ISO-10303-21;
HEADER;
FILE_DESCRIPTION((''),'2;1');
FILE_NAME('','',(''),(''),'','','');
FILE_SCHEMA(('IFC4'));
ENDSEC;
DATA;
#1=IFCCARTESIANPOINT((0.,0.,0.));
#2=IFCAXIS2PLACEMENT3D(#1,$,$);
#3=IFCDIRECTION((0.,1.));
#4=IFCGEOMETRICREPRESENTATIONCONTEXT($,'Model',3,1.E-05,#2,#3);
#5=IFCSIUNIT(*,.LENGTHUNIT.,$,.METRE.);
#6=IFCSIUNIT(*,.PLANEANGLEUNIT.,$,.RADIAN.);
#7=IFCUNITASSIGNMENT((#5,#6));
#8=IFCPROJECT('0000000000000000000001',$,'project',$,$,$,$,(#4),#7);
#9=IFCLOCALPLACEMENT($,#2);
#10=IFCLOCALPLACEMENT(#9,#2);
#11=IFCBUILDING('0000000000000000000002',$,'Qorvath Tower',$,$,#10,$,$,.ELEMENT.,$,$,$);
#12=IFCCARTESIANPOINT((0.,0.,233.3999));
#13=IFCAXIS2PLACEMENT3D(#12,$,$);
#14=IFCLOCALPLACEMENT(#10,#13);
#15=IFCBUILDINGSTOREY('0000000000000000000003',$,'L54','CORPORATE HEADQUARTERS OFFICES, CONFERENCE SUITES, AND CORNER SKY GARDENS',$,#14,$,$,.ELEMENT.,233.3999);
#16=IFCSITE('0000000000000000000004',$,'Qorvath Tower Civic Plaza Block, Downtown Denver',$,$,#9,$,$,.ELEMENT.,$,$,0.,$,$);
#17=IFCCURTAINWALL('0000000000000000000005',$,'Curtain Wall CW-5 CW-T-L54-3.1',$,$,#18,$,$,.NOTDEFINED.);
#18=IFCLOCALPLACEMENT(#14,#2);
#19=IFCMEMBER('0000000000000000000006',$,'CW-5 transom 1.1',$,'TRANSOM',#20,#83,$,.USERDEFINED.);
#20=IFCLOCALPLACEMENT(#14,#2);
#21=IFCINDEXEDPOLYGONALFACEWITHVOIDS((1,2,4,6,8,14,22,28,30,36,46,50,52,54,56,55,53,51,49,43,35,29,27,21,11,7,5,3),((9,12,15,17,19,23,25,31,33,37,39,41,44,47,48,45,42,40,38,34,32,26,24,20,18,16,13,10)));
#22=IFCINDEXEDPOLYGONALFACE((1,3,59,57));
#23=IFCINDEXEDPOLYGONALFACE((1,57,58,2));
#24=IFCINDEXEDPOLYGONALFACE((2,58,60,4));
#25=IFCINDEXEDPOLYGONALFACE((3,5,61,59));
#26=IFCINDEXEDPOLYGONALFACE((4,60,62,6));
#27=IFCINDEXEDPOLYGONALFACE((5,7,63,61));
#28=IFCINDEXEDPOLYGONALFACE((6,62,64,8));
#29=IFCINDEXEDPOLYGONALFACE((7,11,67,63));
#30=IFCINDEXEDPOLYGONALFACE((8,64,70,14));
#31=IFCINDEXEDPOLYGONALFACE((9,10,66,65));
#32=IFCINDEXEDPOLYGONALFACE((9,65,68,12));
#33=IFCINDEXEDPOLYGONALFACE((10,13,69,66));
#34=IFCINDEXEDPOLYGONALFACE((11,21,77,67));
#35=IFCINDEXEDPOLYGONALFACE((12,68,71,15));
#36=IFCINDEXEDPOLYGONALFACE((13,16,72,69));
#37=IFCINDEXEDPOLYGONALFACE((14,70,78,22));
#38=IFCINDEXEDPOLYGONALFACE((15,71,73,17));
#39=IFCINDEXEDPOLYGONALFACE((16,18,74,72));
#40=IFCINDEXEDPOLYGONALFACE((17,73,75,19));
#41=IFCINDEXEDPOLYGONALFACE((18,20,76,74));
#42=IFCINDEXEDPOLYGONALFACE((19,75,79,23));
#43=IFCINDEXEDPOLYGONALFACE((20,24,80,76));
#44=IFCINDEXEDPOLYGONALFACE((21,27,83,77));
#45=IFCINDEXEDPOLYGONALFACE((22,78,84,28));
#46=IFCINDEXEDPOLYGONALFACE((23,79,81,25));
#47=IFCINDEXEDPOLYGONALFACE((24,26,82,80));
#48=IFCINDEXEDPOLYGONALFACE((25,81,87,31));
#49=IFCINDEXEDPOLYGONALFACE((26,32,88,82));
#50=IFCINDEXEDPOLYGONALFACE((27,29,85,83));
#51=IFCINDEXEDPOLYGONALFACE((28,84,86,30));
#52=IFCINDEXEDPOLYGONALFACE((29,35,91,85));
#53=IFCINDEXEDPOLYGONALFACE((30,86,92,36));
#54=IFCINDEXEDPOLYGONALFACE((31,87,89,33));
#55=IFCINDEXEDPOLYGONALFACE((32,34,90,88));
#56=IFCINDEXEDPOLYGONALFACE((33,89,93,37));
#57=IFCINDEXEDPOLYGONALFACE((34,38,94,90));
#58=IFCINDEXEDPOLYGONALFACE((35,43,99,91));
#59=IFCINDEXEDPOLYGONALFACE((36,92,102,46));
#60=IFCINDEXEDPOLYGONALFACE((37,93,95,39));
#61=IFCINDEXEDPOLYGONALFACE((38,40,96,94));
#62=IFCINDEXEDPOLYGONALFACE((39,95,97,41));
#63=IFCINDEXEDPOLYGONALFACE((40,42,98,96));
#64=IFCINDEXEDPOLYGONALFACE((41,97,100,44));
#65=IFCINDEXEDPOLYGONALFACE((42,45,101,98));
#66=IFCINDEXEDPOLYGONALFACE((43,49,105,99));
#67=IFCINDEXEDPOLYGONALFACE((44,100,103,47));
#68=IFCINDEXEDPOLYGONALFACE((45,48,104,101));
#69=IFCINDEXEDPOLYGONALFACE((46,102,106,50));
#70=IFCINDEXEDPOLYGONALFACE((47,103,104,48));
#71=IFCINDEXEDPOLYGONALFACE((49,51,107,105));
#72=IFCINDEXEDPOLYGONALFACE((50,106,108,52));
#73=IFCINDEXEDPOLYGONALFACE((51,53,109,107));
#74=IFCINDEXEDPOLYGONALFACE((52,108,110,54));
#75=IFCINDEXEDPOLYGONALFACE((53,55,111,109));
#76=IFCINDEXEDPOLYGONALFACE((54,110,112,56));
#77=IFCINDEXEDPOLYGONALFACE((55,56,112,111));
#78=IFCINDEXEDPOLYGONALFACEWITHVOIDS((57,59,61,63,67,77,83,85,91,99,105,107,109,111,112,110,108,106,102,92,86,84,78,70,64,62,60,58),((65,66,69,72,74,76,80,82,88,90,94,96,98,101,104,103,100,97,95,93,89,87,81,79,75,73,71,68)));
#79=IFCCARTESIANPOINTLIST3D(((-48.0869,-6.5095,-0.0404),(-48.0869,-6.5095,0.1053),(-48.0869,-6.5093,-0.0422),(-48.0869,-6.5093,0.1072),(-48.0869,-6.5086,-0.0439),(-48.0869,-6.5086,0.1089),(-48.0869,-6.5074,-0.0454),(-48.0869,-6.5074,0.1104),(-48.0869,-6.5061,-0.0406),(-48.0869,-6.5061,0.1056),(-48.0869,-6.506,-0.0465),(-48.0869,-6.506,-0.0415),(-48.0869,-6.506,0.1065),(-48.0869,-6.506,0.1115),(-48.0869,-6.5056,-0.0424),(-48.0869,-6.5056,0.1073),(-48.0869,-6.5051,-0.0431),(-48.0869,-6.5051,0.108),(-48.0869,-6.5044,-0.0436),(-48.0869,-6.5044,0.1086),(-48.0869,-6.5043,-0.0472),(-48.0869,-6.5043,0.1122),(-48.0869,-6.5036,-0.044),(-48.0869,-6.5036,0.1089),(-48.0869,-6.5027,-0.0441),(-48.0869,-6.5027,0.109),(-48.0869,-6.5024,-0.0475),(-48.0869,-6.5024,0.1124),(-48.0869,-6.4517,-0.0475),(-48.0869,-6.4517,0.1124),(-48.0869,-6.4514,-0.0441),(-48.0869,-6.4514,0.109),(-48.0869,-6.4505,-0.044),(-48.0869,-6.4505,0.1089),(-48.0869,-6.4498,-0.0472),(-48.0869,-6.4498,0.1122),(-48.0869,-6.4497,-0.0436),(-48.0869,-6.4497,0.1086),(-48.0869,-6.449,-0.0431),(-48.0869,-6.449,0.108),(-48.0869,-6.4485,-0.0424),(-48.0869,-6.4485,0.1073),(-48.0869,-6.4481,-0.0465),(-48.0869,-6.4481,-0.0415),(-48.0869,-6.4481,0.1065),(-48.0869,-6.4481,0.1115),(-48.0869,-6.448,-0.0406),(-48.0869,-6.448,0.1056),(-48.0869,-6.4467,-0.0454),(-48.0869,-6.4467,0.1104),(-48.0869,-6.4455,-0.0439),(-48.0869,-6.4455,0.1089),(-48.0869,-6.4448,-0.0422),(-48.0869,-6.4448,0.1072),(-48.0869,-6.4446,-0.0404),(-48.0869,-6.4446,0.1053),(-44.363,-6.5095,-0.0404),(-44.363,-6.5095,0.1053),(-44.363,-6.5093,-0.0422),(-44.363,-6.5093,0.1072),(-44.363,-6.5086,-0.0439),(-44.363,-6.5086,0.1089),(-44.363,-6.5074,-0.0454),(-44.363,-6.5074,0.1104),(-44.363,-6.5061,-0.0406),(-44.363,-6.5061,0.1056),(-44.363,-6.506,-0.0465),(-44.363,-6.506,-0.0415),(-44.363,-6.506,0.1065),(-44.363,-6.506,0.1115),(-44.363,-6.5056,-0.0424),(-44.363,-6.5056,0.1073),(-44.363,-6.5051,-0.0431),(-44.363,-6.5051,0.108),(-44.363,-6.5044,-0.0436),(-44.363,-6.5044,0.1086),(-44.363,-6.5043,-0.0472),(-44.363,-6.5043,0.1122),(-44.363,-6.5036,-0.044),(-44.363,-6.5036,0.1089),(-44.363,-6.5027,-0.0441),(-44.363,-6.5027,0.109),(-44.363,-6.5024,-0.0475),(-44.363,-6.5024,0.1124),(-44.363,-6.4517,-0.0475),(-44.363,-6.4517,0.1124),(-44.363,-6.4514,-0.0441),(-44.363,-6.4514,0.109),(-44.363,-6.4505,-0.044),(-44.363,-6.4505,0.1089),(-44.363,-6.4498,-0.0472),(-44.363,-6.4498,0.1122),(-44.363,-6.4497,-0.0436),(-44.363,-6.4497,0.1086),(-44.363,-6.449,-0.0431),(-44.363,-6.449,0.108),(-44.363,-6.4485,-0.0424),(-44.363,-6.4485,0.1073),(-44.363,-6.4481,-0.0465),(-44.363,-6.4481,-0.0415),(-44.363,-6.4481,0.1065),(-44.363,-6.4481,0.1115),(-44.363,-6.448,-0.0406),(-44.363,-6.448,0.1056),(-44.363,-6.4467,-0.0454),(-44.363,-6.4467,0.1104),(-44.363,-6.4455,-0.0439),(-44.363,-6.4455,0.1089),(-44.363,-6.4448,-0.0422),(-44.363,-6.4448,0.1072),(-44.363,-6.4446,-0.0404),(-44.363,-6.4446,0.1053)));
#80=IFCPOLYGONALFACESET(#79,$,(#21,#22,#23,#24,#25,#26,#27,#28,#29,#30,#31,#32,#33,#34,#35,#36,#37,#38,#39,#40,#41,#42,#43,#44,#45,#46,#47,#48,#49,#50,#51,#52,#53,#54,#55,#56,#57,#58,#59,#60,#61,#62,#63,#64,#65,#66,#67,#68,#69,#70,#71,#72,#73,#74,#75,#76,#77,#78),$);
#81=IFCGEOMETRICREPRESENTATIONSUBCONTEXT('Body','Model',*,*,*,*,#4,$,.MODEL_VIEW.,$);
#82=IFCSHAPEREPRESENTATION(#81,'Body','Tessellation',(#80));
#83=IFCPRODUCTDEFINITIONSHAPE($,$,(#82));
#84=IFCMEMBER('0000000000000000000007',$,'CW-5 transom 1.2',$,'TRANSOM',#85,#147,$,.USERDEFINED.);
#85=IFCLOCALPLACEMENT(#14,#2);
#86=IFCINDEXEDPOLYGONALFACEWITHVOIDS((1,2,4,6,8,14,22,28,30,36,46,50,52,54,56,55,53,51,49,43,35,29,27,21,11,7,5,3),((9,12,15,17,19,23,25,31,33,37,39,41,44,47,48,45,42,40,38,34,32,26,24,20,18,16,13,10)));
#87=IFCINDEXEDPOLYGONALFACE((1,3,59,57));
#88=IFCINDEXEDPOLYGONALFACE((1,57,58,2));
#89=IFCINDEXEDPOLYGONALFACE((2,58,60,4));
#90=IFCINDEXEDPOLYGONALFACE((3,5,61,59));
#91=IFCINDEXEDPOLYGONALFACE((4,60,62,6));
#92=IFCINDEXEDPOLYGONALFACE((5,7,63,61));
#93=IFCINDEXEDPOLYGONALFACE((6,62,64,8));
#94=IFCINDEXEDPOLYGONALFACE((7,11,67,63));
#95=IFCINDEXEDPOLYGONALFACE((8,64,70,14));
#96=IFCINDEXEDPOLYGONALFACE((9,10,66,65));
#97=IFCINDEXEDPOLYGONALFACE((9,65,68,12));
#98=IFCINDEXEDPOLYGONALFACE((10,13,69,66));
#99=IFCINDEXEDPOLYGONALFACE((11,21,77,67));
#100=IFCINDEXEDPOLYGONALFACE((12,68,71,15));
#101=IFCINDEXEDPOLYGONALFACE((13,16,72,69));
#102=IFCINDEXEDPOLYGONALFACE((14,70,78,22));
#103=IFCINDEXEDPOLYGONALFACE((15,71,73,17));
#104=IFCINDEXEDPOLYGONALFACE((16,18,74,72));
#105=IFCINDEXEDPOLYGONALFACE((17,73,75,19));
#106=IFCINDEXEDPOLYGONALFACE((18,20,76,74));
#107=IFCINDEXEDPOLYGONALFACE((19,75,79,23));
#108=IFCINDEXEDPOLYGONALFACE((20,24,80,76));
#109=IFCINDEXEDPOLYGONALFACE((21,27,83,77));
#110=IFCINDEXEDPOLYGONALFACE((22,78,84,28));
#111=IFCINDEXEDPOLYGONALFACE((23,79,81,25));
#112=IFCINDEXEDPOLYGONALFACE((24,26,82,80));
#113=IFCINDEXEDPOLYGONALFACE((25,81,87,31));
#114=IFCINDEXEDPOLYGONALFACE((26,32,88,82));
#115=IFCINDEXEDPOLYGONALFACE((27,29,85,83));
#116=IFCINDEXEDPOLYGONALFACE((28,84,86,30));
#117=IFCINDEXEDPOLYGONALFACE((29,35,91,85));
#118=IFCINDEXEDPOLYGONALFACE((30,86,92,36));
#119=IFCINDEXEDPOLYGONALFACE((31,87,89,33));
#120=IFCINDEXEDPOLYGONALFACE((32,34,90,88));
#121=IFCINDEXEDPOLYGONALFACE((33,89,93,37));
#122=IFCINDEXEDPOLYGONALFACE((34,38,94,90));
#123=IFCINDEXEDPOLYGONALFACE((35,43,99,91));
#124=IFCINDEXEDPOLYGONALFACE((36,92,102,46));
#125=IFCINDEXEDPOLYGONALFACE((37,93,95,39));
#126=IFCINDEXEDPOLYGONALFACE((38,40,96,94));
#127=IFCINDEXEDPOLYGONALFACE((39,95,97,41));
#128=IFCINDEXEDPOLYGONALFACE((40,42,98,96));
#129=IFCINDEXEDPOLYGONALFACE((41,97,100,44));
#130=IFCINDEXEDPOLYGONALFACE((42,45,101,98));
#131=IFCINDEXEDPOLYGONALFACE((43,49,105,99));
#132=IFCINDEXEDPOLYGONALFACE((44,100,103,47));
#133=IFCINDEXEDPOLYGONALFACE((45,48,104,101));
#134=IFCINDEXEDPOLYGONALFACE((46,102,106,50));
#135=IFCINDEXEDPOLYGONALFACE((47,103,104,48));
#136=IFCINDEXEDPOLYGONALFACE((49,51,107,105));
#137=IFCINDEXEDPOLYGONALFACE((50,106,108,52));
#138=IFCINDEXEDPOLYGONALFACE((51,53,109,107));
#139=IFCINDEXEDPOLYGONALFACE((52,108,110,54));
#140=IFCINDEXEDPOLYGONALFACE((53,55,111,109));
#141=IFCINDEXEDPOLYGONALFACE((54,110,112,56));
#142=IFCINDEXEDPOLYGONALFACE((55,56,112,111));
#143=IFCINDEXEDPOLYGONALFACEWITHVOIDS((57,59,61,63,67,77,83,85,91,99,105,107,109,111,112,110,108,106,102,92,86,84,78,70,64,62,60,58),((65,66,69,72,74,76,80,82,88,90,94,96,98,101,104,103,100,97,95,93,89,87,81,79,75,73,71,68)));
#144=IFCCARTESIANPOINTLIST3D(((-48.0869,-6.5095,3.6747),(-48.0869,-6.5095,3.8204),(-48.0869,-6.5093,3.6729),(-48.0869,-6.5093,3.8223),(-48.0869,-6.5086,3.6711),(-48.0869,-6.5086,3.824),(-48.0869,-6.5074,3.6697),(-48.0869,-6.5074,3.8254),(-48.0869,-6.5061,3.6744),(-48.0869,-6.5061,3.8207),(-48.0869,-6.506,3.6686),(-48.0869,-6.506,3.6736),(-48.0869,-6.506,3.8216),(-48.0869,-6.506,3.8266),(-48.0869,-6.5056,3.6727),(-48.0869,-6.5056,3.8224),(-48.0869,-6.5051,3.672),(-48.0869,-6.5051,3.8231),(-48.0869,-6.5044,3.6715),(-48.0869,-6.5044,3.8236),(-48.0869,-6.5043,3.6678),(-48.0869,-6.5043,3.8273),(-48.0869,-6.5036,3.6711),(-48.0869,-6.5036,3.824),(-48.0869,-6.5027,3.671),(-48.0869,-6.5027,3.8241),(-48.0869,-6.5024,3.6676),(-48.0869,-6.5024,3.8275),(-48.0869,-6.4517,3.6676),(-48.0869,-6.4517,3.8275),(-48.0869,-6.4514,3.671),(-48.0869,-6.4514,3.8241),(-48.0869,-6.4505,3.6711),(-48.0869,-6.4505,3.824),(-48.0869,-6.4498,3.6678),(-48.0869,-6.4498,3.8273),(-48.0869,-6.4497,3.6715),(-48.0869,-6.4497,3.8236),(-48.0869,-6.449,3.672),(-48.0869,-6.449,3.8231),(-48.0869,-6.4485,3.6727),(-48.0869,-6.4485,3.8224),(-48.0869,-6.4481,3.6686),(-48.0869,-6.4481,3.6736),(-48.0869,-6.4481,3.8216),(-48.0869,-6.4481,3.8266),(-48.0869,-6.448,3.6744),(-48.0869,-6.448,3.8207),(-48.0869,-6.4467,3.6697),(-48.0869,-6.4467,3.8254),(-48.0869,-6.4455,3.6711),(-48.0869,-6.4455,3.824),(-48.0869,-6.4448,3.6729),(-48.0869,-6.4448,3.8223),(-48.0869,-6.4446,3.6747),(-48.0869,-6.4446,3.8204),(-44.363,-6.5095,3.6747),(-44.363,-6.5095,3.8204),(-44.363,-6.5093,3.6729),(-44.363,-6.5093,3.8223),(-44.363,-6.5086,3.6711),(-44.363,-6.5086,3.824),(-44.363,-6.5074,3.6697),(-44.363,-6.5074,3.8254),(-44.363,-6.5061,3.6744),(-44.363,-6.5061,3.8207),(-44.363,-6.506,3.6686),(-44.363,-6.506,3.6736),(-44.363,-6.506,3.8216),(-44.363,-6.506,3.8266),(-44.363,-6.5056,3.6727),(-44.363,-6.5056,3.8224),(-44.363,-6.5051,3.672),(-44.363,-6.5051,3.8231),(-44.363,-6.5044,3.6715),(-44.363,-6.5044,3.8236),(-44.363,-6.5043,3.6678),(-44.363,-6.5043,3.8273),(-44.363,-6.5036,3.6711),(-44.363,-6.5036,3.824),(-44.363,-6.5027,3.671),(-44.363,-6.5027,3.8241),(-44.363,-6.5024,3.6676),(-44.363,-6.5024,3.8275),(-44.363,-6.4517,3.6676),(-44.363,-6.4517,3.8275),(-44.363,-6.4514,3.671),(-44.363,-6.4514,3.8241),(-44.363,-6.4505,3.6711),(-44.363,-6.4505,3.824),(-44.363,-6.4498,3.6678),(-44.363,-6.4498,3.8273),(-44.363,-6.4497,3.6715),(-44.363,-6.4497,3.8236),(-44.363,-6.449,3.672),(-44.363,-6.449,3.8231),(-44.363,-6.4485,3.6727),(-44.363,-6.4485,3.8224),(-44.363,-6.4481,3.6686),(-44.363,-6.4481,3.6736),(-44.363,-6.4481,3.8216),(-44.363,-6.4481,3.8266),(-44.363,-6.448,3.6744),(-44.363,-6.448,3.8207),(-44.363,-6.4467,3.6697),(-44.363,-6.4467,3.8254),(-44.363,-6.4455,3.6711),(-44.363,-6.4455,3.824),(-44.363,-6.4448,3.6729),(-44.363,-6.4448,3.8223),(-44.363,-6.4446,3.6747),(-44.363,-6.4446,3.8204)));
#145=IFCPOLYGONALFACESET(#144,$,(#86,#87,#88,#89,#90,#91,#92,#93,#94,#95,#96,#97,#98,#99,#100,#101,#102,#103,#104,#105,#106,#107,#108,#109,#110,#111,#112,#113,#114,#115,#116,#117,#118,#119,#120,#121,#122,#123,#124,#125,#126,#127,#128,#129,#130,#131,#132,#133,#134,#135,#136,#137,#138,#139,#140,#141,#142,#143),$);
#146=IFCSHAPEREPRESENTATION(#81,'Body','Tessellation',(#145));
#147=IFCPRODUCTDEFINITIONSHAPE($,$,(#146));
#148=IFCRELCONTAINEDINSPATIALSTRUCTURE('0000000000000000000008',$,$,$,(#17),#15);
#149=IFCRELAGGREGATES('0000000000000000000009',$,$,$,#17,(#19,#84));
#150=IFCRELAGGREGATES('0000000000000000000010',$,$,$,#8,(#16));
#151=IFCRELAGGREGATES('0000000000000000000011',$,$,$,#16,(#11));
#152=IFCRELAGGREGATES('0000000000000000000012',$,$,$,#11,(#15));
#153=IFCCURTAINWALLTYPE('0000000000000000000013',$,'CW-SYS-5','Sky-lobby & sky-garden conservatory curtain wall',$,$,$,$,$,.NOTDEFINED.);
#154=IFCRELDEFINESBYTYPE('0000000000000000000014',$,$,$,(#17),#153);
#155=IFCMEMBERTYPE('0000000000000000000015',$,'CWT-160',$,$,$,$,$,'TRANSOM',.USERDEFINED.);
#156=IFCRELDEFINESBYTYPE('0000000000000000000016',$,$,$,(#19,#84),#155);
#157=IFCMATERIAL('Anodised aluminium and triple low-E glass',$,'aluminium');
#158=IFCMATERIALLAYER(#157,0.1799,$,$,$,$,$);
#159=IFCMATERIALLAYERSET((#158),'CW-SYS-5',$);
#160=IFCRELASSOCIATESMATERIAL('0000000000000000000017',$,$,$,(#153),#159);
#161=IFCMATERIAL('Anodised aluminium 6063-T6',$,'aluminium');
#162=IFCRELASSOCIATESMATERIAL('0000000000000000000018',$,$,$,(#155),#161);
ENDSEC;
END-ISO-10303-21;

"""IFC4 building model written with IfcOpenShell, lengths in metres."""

from ifc_helpers import new_model, si_unit, direction, frame, origin, origin_2d, place, context, subcontext, project, spatial, hollow_rectangle, extrude, material, layer, layer_set, material_profile, profile_set, type_object, element, aggregate, save


model = new_model("IFC4")

# Units and contexts
model_context = context("Model", 3, precision=1e-05, world=origin(), true_north=direction((0.0, 1.0)))
body_context = subcontext(model_context, "Body", "Model", "MODEL_VIEW")
ifc_project = project(units=[si_unit("LENGTHUNIT", "METRE"), si_unit("PLANEANGLEUNIT", "RADIAN")], contexts=[model_context])

# Site, building, storey
site_placement = place(None, origin())
site = spatial("IfcSite", under=ifc_project, at=site_placement, Name="Qorvath Tower Civic Plaza Block, Downtown Denver", CompositionType="ELEMENT", RefElevation=0.0)
building_placement = place(site_placement, origin())
building = spatial("IfcBuilding", under=site, at=building_placement, Name="Qorvath Tower", CompositionType="ELEMENT")
storey_placement = place(building_placement, frame((0.0, 0.0, 233.3999)))
storey = spatial("IfcBuildingStorey", under=building, at=storey_placement, Name="L54", Description="CORPORATE HEADQUARTERS OFFICES, CONFERENCE SUITES, AND CORNER SKY GARDENS", CompositionType="ELEMENT", Elevation=233.3999)

# Shared definitions
ifc_material_1 = material(Name="Anodised aluminium and triple low-E glass", Category="aluminium")
ifc_layer_1 = layer(ifc_material_1, 0.1799)
ifc_layer_set_1 = layer_set([ifc_layer_1], Name="CW-SYS-5")
curtain_wall_type = type_object("IfcCurtainWallType", Name="CW-SYS-5", Description="Sky-lobby & sky-garden conservatory curtain wall", PredefinedType="NOTDEFINED", material=ifc_layer_set_1)

# Curtain wall
curtain_wall_1_placement = place(storey_placement, origin())
curtain_wall_1 = element("IfcCurtainWall", 1, at=curtain_wall_1_placement, inside=storey, type_object=curtain_wall_type, Name="Curtain Wall CW-5 CW-T-L54-3.1", PredefinedType="NOTDEFINED")

# Members
ifc_material_2 = material(Name="Anodised aluminium 6063-T6", Category="aluminium")
ifc_material_profile_1 = material_profile(ifc_material_2, hollow_rectangle(XDim=0.0649, YDim=0.1599, WallThickness=0.0034, InnerFilletRadius=0.0034, OuterFilletRadius=0.0071, at=origin_2d()), Name="CWT 160x65")
ifc_profile_set_1 = profile_set([ifc_material_profile_1], Name="Anodised aluminium 6063-T6")
member_type_1 = type_object("IfcMemberType", Name="CWT-160", ElementType="TRANSOM", PredefinedType="USERDEFINED", material=ifc_profile_set_1)
member_1_placement = place(storey_placement, frame((-44.363, -6.4771, 0.0325), z_axis=(-1.0, 0.0, 0.0), x_axis=(0.0, -1.0, 0.0)))
member_1 = element("IfcMember", 2, at=member_1_placement, type_object=member_type_1, Name="CW-5 transom 1.1", ObjectType="TRANSOM", PredefinedType="USERDEFINED", context=body_context, shape_type="SweptSolid", body=[
    extrude(hollow_rectangle(XDim=0.0649, YDim=0.1599, WallThickness=0.0034, InnerFilletRadius=0.0034, OuterFilletRadius=0.0071, at=origin_2d()), origin(), (0.0, 0.0, 1.0), 3.7239),
])
member_2_placement = place(storey_placement, frame((-44.363, -6.4771, 3.7476), z_axis=(-1.0, 0.0, 0.0), x_axis=(0.0, -1.0, 0.0)))
member_2 = element("IfcMember", 3, at=member_2_placement, type_object=member_type_1, Name="CW-5 transom 1.2", ObjectType="TRANSOM", PredefinedType="USERDEFINED", context=body_context, shape_type="SweptSolid", body=[
    extrude(hollow_rectangle(XDim=0.0649, YDim=0.1599, WallThickness=0.0034, InnerFilletRadius=0.0034, OuterFilletRadius=0.0071, at=origin_2d()), origin(), (0.0, 0.0, 1.0), 3.7239),
])

aggregate(curtain_wall_1, [member_1, member_2])

save(model, "model.ifc")
